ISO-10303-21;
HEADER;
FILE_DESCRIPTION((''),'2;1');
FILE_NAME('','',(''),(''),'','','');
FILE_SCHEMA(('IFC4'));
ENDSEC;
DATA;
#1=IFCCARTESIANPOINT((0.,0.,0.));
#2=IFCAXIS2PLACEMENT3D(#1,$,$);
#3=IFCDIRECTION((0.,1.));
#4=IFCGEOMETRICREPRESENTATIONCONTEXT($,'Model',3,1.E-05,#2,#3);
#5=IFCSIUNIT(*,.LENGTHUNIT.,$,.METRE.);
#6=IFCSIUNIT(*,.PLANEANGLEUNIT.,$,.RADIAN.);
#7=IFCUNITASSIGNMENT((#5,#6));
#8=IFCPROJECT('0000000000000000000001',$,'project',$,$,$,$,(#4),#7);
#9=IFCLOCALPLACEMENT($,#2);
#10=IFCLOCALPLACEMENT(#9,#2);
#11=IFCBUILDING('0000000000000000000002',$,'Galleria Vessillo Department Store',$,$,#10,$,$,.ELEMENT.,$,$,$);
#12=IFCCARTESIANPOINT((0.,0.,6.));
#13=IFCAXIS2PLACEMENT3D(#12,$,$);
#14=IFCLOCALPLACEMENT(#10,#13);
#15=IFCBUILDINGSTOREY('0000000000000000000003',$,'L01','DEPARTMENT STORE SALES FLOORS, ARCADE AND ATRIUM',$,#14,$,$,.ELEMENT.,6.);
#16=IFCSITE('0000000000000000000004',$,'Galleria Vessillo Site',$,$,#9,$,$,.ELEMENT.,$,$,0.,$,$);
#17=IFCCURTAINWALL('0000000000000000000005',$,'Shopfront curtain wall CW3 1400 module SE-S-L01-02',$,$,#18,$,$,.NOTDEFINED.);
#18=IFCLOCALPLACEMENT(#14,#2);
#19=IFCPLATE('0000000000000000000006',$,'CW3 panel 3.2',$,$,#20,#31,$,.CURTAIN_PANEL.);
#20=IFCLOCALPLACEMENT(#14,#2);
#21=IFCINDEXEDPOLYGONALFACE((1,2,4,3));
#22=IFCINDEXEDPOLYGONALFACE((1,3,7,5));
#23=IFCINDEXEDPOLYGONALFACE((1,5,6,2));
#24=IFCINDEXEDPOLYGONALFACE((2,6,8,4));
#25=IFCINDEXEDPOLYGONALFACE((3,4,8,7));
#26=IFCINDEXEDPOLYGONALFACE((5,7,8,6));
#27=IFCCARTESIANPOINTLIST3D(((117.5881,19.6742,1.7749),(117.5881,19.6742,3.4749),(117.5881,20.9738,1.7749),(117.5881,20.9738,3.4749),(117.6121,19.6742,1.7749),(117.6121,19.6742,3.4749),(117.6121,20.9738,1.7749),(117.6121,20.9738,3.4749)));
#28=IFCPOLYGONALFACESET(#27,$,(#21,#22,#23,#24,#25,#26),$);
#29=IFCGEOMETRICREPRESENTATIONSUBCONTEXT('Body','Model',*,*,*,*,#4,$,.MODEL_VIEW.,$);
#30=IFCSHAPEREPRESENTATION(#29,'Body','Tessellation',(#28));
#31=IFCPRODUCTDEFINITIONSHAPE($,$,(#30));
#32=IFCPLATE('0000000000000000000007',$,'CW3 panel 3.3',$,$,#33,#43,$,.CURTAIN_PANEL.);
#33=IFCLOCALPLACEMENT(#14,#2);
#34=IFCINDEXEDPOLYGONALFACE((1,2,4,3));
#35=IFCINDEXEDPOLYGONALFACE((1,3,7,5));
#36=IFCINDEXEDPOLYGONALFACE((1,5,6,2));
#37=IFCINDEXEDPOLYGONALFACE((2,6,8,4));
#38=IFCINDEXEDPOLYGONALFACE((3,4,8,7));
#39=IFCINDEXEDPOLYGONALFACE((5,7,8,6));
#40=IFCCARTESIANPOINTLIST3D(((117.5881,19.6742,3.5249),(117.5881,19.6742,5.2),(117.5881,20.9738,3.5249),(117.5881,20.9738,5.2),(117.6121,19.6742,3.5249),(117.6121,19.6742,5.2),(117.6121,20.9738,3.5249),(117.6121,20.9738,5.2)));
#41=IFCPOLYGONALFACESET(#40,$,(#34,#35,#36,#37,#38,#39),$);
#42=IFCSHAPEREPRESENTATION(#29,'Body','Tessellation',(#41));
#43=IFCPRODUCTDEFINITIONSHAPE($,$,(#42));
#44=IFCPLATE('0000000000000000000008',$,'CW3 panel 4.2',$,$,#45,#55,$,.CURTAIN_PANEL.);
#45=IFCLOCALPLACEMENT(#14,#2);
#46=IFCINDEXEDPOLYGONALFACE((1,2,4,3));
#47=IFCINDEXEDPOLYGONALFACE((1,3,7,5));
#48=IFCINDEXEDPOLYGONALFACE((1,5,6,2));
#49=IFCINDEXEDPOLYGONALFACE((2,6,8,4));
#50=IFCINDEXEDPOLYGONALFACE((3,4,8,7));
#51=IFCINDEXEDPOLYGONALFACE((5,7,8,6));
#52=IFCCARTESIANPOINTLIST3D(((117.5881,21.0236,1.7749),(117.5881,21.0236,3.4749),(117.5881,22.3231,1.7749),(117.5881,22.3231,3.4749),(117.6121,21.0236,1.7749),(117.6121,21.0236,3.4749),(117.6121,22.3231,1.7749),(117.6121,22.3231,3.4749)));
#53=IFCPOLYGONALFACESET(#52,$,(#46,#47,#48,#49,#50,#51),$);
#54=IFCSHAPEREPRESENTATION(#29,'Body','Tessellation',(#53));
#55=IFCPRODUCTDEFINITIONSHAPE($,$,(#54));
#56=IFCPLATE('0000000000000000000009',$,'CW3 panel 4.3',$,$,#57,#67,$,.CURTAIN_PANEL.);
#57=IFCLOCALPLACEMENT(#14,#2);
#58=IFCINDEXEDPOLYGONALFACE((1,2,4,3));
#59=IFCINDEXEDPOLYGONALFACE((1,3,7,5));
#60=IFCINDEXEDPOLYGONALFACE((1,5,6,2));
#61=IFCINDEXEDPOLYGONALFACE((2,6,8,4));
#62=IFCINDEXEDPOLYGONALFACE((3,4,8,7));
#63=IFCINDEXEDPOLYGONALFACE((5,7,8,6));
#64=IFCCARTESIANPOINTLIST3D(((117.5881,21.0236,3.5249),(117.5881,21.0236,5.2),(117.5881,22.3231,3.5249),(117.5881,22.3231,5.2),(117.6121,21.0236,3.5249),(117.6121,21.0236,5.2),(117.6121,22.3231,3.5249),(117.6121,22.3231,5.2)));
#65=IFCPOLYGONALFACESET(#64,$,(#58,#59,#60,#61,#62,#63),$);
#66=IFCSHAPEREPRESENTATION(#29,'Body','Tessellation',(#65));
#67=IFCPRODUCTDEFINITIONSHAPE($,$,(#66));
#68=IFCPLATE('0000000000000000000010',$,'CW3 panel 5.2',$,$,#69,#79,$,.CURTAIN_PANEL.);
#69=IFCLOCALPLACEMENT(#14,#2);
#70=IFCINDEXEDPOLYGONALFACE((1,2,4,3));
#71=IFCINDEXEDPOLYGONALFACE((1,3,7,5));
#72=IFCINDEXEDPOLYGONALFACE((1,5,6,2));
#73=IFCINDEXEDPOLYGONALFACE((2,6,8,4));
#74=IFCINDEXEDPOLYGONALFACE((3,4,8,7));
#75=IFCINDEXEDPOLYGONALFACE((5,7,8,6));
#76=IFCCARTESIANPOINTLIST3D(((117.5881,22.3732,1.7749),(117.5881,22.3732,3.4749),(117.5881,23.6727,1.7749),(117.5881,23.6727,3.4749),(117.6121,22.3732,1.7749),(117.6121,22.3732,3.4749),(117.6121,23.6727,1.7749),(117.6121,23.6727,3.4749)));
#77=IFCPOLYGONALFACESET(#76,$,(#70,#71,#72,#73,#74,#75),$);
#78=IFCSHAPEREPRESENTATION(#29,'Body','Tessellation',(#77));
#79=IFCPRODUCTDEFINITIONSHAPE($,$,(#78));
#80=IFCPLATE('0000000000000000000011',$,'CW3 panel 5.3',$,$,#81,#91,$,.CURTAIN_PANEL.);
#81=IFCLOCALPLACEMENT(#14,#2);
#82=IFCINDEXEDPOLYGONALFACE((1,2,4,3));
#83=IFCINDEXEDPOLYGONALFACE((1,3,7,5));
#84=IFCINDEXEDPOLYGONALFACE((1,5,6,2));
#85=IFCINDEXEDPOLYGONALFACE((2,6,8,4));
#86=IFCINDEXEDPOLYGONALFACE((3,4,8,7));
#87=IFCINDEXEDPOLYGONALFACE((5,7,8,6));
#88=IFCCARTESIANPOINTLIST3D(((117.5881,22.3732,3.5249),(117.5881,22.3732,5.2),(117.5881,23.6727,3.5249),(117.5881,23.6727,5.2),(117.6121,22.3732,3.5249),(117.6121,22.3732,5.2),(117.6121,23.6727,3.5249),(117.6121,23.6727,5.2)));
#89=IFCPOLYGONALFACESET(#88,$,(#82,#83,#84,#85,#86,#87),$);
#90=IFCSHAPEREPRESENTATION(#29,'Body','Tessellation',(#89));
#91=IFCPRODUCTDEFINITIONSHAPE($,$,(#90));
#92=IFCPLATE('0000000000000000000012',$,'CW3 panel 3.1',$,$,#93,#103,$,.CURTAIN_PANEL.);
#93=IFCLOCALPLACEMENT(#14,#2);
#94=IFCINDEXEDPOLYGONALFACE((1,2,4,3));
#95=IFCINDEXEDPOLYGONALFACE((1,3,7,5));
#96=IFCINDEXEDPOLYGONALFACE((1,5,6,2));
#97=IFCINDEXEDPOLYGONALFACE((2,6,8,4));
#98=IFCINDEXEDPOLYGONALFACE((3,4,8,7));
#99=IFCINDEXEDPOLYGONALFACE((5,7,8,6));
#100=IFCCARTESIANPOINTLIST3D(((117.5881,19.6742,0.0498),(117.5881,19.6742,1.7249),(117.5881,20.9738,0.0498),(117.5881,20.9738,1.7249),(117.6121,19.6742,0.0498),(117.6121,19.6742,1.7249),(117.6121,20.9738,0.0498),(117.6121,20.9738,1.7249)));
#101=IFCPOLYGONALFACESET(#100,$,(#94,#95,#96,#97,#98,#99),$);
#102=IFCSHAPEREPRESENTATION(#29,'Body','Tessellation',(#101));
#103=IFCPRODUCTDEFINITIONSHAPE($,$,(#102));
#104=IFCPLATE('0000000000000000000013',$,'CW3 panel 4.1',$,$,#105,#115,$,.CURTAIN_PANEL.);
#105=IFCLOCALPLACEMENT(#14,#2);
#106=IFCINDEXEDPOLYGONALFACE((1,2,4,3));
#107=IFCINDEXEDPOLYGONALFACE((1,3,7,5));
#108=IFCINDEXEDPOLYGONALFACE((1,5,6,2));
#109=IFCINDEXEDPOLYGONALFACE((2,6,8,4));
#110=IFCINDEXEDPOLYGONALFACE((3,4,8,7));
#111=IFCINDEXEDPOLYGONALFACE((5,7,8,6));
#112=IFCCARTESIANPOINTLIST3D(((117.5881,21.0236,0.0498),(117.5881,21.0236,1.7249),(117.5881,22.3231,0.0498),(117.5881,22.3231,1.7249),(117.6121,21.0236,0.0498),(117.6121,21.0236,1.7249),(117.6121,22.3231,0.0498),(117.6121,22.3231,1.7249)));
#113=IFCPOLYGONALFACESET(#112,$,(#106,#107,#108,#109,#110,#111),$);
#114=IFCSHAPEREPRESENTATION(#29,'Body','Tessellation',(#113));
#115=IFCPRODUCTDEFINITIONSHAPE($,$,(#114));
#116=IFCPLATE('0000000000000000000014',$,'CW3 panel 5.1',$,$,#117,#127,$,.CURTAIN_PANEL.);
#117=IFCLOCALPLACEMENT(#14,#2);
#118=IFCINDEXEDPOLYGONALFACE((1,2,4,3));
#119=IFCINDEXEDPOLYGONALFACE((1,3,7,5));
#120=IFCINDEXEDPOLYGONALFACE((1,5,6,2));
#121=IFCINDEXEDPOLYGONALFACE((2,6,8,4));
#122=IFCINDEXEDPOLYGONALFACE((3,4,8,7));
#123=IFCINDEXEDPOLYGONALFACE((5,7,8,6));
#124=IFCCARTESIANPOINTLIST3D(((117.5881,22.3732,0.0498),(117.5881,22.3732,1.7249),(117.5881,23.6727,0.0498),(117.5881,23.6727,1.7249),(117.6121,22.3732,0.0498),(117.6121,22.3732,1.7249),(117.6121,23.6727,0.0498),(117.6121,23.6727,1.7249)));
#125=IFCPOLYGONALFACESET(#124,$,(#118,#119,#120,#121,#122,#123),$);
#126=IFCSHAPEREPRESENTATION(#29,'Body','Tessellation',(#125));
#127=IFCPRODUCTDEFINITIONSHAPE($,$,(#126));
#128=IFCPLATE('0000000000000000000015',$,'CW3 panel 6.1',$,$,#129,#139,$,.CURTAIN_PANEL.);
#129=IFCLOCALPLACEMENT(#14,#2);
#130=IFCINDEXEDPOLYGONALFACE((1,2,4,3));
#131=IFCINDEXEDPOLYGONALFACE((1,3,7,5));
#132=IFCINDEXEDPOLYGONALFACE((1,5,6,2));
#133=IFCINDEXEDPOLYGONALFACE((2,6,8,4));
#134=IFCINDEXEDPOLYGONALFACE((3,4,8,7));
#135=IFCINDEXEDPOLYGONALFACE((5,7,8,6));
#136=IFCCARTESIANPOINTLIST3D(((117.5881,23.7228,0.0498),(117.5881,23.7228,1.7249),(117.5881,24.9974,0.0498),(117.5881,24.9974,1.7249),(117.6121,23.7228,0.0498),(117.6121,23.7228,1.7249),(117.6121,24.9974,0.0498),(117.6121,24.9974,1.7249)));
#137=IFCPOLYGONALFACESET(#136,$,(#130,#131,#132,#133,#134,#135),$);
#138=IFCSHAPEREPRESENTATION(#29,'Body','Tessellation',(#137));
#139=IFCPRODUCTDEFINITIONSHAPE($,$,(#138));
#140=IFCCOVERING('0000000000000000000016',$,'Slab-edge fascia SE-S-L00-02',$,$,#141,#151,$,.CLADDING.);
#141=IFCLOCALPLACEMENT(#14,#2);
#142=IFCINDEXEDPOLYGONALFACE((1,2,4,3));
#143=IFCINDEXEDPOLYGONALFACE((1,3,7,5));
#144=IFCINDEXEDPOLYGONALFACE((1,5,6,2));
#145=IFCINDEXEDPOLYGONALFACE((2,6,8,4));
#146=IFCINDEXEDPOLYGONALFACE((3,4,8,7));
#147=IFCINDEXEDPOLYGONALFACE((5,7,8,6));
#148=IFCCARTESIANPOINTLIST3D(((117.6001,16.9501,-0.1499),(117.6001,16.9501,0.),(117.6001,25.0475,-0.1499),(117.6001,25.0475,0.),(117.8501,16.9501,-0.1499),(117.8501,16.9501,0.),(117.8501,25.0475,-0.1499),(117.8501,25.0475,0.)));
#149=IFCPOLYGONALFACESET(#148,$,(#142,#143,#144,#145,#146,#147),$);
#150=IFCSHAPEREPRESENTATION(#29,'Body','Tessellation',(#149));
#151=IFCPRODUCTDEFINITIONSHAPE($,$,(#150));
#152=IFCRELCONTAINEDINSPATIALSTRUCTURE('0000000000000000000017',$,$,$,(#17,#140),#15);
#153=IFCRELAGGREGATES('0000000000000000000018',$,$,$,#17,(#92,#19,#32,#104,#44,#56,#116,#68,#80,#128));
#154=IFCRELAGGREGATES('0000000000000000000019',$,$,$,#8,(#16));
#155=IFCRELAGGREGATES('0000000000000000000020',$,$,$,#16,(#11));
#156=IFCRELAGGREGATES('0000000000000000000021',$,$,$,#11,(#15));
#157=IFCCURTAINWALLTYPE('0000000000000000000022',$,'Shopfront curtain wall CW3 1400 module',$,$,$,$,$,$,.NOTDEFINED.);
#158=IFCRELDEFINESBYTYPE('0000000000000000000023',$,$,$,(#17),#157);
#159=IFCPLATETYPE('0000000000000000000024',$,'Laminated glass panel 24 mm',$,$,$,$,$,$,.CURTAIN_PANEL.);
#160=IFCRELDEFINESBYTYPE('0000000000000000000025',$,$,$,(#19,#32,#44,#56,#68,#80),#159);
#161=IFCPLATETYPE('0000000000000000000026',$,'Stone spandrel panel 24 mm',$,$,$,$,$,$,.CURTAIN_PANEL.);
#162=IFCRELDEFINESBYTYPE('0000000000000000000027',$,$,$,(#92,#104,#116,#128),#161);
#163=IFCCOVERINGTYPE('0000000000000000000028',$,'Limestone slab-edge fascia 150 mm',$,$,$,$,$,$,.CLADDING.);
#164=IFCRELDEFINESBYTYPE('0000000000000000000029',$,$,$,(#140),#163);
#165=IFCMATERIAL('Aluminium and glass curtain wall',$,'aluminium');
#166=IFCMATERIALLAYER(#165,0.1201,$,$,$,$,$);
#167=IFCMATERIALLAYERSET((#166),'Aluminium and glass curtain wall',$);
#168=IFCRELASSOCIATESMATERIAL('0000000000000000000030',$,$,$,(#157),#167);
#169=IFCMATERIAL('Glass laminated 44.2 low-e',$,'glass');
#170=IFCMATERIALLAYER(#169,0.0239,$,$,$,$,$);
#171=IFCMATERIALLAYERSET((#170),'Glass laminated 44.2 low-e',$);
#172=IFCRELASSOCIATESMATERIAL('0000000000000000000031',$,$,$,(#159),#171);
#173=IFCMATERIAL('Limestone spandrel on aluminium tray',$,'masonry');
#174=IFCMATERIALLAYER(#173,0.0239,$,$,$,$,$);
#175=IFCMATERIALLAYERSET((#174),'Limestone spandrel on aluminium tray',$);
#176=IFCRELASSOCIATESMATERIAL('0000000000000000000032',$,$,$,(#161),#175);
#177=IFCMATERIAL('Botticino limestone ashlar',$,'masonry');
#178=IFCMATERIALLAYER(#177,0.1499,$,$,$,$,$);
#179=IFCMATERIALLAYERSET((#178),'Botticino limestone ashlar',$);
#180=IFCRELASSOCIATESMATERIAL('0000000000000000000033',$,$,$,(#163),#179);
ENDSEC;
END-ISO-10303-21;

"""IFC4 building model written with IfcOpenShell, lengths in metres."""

from ifc_helpers import new_model, si_unit, direction, frame, origin, origin_2d, place, context, subcontext, project, spatial, rectangle, extrude, material, layer, layer_set, type_object, element, aggregate, save


model = new_model("IFC4")

# Units and contexts
model_context = context("Model", 3, precision=1e-05, world=origin(), true_north=direction((0.0, 1.0)))
body_context = subcontext(model_context, "Body", "Model", "MODEL_VIEW")
ifc_project = project(units=[si_unit("LENGTHUNIT", "METRE"), si_unit("PLANEANGLEUNIT", "RADIAN")], contexts=[model_context])

# Site, building, storey
site_placement = place(None, origin())
site = spatial("IfcSite", under=ifc_project, at=site_placement, Name="Galleria Vessillo Site", CompositionType="ELEMENT", RefElevation=0.0)
building_placement = place(site_placement, origin())
building = spatial("IfcBuilding", under=site, at=building_placement, Name="Galleria Vessillo Department Store", CompositionType="ELEMENT")
storey_placement = place(building_placement, frame((0.0, 0.0, 6.0)))
storey = spatial("IfcBuildingStorey", under=building, at=storey_placement, Name="L01", Description="DEPARTMENT STORE SALES FLOORS, ARCADE AND ATRIUM", CompositionType="ELEMENT", Elevation=6.0)

# Curtain wall, plates
ifc_material_1 = material(Name="Aluminium and glass curtain wall", Category="aluminium")
ifc_layer_1 = layer(ifc_material_1, 0.1201)
ifc_layer_set_1 = layer_set([ifc_layer_1], Name="Aluminium and glass curtain wall")
curtain_wall_type = type_object("IfcCurtainWallType", Name="Shopfront curtain wall CW3 1400 module", PredefinedType="NOTDEFINED", material=ifc_layer_set_1)
curtain_wall_placement = place(storey_placement, origin())
curtain_wall = element("IfcCurtainWall", 1, at=curtain_wall_placement, inside=storey, type_object=curtain_wall_type, Name="Shopfront curtain wall CW3 1400 module SE-S-L01-02", PredefinedType="NOTDEFINED")
ifc_material_2 = material(Name="Glass laminated 44.2 low-e", Category="glass")
ifc_layer_2 = layer(ifc_material_2, 0.0239)
ifc_layer_set_2 = layer_set([ifc_layer_2], Name="Glass laminated 44.2 low-e")
plate_type_1 = type_object("IfcPlateType", Name="Laminated glass panel 24 mm", PredefinedType="CURTAIN_PANEL", material=ifc_layer_set_2)
plate_1_placement = place(storey_placement, frame((117.6001, 20.324, 1.7749), z_axis=(0.0, 0.0, 1.0), x_axis=(0.0, 1.0, 0.0)))
plate_1 = element("IfcPlate", 2, at=plate_1_placement, type_object=plate_type_1, Name="CW3 panel 3.2", PredefinedType="CURTAIN_PANEL", context=body_context, shape_type="SweptSolid", body=[
    extrude(rectangle(XDim=1.2996, YDim=0.0239, at=origin_2d()), origin(), (0.0, 0.0, 1.0), 1.7),
])
plate_2_placement = place(storey_placement, frame((117.6001, 20.324, 3.5249), z_axis=(0.0, 0.0, 1.0), x_axis=(0.0, 1.0, 0.0)))
plate_2 = element("IfcPlate", 3, at=plate_2_placement, type_object=plate_type_1, Name="CW3 panel 3.3", PredefinedType="CURTAIN_PANEL", context=body_context, shape_type="SweptSolid", body=[
    extrude(rectangle(XDim=1.2996, YDim=0.0239, at=origin_2d()), origin(), (0.0, 0.0, 1.0), 1.675),
])
plate_3_placement = place(storey_placement, frame((117.6001, 21.6733, 1.7749), z_axis=(0.0, 0.0, 1.0), x_axis=(0.0, 1.0, 0.0)))
plate_3 = element("IfcPlate", 4, at=plate_3_placement, type_object=plate_type_1, Name="CW3 panel 4.2", PredefinedType="CURTAIN_PANEL", context=body_context, shape_type="SweptSolid", body=[
    extrude(rectangle(XDim=1.2996, YDim=0.0239, at=origin_2d()), origin(), (0.0, 0.0, 1.0), 1.7),
])
plate_4_placement = place(storey_placement, frame((117.6001, 21.6733, 3.5249), z_axis=(0.0, 0.0, 1.0), x_axis=(0.0, 1.0, 0.0)))
plate_4 = element("IfcPlate", 5, at=plate_4_placement, type_object=plate_type_1, Name="CW3 panel 4.3", PredefinedType="CURTAIN_PANEL", context=body_context, shape_type="SweptSolid", body=[
    extrude(rectangle(XDim=1.2996, YDim=0.0239, at=origin_2d()), origin(), (0.0, 0.0, 1.0), 1.675),
])
plate_5_placement = place(storey_placement, frame((117.6001, 23.0229, 1.7749), z_axis=(0.0, 0.0, 1.0), x_axis=(0.0, 1.0, 0.0)))
plate_5 = element("IfcPlate", 6, at=plate_5_placement, type_object=plate_type_1, Name="CW3 panel 5.2", PredefinedType="CURTAIN_PANEL", context=body_context, shape_type="SweptSolid", body=[
    extrude(rectangle(XDim=1.2996, YDim=0.0239, at=origin_2d()), origin(), (0.0, 0.0, 1.0), 1.7),
])
plate_6_placement = place(storey_placement, frame((117.6001, 23.0229, 3.5249), z_axis=(0.0, 0.0, 1.0), x_axis=(0.0, 1.0, 0.0)))
plate_6 = element("IfcPlate", 7, at=plate_6_placement, type_object=plate_type_1, Name="CW3 panel 5.3", PredefinedType="CURTAIN_PANEL", context=body_context, shape_type="SweptSolid", body=[
    extrude(rectangle(XDim=1.2996, YDim=0.0239, at=origin_2d()), origin(), (0.0, 0.0, 1.0), 1.675),
])
ifc_material_3 = material(Name="Limestone spandrel on aluminium tray", Category="masonry")
ifc_layer_3 = layer(ifc_material_3, 0.0239)
ifc_layer_set_3 = layer_set([ifc_layer_3], Name="Limestone spandrel on aluminium tray")
plate_type_2 = type_object("IfcPlateType", Name="Stone spandrel panel 24 mm", PredefinedType="CURTAIN_PANEL", material=ifc_layer_set_3)
plate_7_placement = place(storey_placement, frame((117.6001, 20.324, 0.0498), z_axis=(0.0, 0.0, 1.0), x_axis=(0.0, 1.0, 0.0)))
plate_7 = element("IfcPlate", 8, at=plate_7_placement, type_object=plate_type_2, Name="CW3 panel 3.1", PredefinedType="CURTAIN_PANEL", context=body_context, shape_type="SweptSolid", body=[
    extrude(rectangle(XDim=1.2996, YDim=0.0239, at=origin_2d()), origin(), (0.0, 0.0, 1.0), 1.675),
])
plate_8_placement = place(storey_placement, frame((117.6001, 21.6733, 0.0498), z_axis=(0.0, 0.0, 1.0), x_axis=(0.0, 1.0, 0.0)))
plate_8 = element("IfcPlate", 9, at=plate_8_placement, type_object=plate_type_2, Name="CW3 panel 4.1", PredefinedType="CURTAIN_PANEL", context=body_context, shape_type="SweptSolid", body=[
    extrude(rectangle(XDim=1.2996, YDim=0.0239, at=origin_2d()), origin(), (0.0, 0.0, 1.0), 1.675),
])
plate_9_placement = place(storey_placement, frame((117.6001, 23.0229, 0.0498), z_axis=(0.0, 0.0, 1.0), x_axis=(0.0, 1.0, 0.0)))
plate_9 = element("IfcPlate", 10, at=plate_9_placement, type_object=plate_type_2, Name="CW3 panel 5.1", PredefinedType="CURTAIN_PANEL", context=body_context, shape_type="SweptSolid", body=[
    extrude(rectangle(XDim=1.2996, YDim=0.0239, at=origin_2d()), origin(), (0.0, 0.0, 1.0), 1.675),
])
plate_10_placement = place(storey_placement, frame((117.6001, 24.3601, 0.0498), z_axis=(0.0, 0.0, 1.0), x_axis=(0.0, 1.0, 0.0)))
plate_10 = element("IfcPlate", 11, at=plate_10_placement, type_object=plate_type_2, Name="CW3 panel 6.1", PredefinedType="CURTAIN_PANEL", context=body_context, shape_type="SweptSolid", body=[
    extrude(rectangle(XDim=1.2747, YDim=0.0239, at=origin_2d()), origin(), (0.0, 0.0, 1.0), 1.675),
])
aggregate(curtain_wall, [plate_7, plate_1, plate_2, plate_8, plate_3, plate_4, plate_9, plate_5, plate_6, plate_10])

# Covering
ifc_material_4 = material(Name="Botticino limestone ashlar", Category="masonry")
ifc_layer_4 = layer(ifc_material_4, 0.1499)
ifc_layer_set_4 = layer_set([ifc_layer_4], Name="Botticino limestone ashlar")
covering_type = type_object("IfcCoveringType", Name="Limestone slab-edge fascia 150 mm", PredefinedType="CLADDING", material=ifc_layer_set_4)
covering_placement = place(storey_placement, frame((117.7251, 20.9988, -0.1499), z_axis=(0.0, 0.0, 1.0), x_axis=(1.0, 0.0, 0.0)))
element("IfcCovering", 12, at=covering_placement, inside=storey, type_object=covering_type, Name="Slab-edge fascia SE-S-L00-02", PredefinedType="CLADDING", context=body_context, shape_type="SweptSolid", body=[
    extrude(rectangle(XDim=0.25, YDim=8.0974, at=origin_2d()), origin(), (0.0, 0.0, 1.0), 0.1499),
])

save(model, "model.ifc")
